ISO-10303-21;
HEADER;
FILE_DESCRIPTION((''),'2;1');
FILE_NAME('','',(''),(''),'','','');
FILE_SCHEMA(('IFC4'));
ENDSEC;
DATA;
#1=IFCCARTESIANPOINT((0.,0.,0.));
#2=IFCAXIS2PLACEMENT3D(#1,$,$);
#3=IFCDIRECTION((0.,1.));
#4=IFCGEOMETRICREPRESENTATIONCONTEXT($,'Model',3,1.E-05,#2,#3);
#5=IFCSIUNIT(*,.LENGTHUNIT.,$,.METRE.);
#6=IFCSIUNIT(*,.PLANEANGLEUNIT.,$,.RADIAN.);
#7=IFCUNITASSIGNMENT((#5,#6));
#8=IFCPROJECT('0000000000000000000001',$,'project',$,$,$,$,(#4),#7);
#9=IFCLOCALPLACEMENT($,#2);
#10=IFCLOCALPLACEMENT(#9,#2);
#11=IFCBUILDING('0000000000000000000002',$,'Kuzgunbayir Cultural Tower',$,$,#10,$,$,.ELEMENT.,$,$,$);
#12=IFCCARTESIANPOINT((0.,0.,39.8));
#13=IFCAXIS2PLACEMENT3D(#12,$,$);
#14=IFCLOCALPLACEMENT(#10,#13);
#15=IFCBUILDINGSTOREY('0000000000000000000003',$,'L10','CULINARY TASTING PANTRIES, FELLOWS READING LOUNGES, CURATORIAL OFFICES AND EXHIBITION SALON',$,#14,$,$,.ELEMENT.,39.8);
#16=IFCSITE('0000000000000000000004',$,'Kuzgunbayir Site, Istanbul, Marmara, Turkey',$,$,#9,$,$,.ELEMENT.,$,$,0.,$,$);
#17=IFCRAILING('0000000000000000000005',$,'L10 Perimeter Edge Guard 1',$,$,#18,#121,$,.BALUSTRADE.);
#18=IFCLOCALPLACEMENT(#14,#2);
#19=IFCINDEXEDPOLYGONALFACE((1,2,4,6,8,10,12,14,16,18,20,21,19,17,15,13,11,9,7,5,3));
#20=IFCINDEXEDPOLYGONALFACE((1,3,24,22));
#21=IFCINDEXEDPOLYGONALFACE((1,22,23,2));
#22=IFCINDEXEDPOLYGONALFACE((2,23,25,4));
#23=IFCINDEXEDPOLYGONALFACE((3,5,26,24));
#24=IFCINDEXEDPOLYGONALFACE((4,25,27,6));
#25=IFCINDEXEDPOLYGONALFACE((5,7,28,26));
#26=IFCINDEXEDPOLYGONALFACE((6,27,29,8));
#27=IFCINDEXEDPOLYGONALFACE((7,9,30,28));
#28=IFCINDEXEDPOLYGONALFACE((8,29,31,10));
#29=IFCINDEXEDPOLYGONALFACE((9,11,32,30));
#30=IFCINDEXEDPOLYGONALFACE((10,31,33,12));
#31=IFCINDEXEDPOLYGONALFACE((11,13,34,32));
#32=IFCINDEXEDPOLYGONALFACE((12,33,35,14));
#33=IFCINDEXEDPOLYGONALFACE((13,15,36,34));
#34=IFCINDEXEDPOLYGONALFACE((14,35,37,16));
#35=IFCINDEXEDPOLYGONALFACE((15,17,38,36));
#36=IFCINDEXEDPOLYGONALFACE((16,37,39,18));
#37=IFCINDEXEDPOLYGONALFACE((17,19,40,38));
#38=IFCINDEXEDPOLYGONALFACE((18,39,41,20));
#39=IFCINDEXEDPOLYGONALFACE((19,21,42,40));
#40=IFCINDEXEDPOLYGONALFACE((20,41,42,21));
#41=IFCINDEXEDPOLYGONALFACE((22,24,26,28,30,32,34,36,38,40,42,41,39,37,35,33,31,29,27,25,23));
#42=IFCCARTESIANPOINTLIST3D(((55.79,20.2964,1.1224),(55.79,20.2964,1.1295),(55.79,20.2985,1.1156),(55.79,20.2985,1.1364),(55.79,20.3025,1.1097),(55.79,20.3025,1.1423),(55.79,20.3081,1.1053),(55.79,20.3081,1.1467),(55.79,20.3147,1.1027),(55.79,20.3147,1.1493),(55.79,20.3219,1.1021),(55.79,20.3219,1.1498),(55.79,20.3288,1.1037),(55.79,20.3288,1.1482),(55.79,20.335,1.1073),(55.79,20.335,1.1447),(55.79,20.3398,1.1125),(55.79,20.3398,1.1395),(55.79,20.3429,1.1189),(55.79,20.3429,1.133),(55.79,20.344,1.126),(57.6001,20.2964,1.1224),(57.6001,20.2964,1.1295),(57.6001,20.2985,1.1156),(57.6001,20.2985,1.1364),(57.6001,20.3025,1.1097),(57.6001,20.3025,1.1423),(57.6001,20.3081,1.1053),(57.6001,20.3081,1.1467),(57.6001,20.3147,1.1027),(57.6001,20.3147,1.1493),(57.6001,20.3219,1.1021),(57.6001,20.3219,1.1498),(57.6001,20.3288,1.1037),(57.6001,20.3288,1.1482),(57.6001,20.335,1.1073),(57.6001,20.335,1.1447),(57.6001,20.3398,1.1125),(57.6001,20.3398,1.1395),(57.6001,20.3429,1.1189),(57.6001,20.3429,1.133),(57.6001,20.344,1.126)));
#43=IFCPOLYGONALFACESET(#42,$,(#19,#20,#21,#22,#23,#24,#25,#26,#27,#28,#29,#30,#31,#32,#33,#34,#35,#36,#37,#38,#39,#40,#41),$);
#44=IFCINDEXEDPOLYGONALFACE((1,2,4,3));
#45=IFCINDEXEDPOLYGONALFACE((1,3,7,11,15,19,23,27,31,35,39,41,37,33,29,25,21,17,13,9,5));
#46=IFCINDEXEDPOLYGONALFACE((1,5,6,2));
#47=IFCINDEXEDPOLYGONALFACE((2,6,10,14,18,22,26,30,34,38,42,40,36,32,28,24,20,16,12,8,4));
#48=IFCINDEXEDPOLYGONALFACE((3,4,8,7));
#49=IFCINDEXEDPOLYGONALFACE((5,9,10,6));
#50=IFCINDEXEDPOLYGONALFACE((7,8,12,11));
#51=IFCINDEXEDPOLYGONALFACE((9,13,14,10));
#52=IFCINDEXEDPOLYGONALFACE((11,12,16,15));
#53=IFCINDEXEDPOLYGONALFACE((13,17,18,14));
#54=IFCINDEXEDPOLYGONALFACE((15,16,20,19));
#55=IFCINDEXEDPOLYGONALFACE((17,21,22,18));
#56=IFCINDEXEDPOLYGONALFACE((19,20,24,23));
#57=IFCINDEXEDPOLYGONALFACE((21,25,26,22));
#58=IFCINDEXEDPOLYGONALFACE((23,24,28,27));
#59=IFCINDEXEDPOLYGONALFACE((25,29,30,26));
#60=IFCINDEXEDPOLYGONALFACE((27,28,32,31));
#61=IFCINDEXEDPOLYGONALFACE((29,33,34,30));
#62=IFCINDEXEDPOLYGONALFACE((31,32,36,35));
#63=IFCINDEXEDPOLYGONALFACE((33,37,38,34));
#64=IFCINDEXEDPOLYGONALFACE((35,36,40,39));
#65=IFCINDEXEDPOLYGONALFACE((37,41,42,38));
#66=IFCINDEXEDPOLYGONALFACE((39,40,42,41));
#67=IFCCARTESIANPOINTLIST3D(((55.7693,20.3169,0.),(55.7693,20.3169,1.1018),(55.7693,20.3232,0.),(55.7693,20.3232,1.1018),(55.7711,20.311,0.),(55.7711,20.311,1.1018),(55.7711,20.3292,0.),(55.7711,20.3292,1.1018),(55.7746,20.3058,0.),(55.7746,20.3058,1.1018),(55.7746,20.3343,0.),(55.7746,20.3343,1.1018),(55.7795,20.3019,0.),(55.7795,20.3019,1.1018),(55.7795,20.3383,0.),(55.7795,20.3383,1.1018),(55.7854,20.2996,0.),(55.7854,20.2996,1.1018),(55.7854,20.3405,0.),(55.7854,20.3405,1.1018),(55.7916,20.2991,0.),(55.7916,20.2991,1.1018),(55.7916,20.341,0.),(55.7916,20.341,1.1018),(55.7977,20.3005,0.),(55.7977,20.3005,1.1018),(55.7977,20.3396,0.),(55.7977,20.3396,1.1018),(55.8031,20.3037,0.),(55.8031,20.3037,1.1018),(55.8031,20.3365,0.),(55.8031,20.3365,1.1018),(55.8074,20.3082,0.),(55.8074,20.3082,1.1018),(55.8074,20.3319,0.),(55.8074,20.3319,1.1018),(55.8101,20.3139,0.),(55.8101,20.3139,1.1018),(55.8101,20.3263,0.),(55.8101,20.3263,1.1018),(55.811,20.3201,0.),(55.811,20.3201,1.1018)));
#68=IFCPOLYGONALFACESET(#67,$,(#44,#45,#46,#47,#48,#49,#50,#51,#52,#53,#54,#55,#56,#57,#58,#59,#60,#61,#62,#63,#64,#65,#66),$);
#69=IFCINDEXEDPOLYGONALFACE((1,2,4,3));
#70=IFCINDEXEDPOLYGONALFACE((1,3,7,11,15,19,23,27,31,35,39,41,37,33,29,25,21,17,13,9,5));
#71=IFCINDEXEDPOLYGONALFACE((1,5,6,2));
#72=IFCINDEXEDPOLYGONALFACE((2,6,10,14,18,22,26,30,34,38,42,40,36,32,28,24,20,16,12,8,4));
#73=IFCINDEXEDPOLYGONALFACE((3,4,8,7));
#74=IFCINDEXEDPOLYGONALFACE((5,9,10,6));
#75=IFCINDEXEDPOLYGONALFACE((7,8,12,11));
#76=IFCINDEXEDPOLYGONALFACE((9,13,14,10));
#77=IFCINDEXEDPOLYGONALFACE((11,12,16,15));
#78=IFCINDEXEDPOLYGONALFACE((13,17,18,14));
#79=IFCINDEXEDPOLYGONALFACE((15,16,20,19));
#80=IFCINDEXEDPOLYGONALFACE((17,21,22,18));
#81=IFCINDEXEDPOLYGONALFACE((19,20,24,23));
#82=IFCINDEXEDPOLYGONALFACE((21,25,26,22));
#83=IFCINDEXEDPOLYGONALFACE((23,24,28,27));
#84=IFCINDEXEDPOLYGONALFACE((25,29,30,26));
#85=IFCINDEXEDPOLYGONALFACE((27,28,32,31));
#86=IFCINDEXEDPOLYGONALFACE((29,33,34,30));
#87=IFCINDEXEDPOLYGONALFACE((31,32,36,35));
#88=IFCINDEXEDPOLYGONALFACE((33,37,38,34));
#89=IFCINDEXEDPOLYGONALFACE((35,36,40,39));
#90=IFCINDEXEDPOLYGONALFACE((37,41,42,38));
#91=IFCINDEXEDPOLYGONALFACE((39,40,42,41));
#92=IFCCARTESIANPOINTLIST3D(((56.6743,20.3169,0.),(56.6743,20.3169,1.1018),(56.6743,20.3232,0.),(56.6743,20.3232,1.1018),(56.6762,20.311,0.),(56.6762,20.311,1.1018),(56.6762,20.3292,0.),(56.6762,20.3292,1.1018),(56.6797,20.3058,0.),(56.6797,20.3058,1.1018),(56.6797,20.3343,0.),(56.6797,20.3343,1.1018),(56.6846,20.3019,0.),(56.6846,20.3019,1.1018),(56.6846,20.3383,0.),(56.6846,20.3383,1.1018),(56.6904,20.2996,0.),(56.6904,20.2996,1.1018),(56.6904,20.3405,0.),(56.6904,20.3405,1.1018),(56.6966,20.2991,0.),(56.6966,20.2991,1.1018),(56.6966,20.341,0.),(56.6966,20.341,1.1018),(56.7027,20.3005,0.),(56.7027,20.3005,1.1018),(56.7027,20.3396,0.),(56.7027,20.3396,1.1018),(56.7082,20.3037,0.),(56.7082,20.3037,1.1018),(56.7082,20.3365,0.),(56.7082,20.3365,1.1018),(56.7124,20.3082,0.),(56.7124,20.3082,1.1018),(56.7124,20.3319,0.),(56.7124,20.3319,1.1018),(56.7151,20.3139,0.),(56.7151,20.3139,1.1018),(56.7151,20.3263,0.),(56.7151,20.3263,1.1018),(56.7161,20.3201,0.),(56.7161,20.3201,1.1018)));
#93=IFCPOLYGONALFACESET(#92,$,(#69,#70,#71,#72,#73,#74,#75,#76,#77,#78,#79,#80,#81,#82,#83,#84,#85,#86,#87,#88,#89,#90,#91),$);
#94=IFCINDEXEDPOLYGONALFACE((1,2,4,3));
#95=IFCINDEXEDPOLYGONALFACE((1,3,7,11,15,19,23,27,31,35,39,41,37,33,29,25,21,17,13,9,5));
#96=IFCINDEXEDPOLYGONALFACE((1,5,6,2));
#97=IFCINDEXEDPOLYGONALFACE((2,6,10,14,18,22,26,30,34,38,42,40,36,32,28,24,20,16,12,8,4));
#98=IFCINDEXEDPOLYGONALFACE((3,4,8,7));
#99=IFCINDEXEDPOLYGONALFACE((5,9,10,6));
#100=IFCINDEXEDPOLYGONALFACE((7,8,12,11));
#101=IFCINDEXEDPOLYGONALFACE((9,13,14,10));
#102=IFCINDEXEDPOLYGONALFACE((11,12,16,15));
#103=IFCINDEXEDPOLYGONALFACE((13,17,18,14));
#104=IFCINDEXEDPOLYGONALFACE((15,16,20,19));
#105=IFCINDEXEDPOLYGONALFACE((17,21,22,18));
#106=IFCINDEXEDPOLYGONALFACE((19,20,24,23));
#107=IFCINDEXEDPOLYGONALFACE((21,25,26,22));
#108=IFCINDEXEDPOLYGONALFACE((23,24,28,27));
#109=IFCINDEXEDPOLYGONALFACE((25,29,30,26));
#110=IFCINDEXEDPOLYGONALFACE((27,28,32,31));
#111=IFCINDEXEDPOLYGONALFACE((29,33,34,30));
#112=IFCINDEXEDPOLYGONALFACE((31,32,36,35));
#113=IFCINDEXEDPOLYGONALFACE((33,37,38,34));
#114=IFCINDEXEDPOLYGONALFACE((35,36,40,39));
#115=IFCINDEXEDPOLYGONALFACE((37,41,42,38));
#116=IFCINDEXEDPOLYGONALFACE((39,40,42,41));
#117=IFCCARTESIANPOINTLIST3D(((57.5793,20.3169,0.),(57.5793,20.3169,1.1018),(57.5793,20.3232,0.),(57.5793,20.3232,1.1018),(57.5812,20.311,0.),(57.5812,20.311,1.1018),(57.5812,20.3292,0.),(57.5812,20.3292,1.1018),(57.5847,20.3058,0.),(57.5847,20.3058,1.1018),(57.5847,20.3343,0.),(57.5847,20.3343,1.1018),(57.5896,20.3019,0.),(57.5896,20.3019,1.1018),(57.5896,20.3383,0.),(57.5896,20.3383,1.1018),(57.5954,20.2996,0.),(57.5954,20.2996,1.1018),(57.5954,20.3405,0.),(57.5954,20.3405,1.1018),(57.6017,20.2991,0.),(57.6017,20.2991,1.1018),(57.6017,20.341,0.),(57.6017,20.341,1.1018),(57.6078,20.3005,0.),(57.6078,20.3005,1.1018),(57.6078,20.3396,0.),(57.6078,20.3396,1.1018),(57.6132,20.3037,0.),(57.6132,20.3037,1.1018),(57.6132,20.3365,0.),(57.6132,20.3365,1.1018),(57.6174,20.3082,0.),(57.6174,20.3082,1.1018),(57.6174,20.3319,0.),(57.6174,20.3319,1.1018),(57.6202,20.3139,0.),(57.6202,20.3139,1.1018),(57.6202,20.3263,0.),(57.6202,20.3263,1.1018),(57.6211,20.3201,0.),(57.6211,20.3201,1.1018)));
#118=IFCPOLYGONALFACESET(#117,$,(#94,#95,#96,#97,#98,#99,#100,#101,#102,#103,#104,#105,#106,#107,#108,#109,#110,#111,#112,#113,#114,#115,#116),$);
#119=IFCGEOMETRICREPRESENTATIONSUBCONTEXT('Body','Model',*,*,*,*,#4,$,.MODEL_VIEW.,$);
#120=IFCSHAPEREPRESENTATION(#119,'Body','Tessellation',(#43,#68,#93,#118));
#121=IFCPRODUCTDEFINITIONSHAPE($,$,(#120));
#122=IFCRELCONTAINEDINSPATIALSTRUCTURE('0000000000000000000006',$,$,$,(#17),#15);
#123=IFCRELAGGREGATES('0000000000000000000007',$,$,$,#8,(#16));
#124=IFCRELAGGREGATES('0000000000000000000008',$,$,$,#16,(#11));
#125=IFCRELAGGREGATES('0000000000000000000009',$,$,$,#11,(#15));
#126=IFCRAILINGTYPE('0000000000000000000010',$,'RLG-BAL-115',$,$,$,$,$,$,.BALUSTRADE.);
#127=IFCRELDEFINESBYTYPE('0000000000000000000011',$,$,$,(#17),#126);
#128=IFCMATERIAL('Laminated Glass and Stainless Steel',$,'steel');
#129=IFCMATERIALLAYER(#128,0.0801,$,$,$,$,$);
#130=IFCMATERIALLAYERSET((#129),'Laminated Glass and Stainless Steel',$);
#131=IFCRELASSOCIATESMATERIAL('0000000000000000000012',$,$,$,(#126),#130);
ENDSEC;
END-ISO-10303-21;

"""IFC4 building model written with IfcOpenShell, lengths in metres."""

from ifc_helpers import new_model, si_unit, direction, frame, origin, origin_2d, place, context, subcontext, project, spatial, circle, extrude, material, layer, layer_set, type_object, element, save


model = new_model("IFC4")

# Units and contexts
model_context = context("Model", 3, precision=1e-05, world=origin(), true_north=direction((0.0, 1.0)))
body_context = subcontext(model_context, "Body", "Model", "MODEL_VIEW")
ifc_project = project(units=[si_unit("LENGTHUNIT", "METRE"), si_unit("PLANEANGLEUNIT", "RADIAN")], contexts=[model_context])

# Site, building, storey
site_placement = place(None, origin())
site = spatial("IfcSite", under=ifc_project, at=site_placement, Name="Kuzgunbayir Site, Istanbul, Marmara, Turkey", CompositionType="ELEMENT", RefElevation=0.0)
building_placement = place(site_placement, origin())
building = spatial("IfcBuilding", under=site, at=building_placement, Name="Kuzgunbayir Cultural Tower", CompositionType="ELEMENT")
storey_placement = place(building_placement, frame((0.0, 0.0, 39.8)))
storey = spatial("IfcBuildingStorey", under=building, at=storey_placement, Name="L10", Description="CULINARY TASTING PANTRIES, FELLOWS READING LOUNGES, CURATORIAL OFFICES AND EXHIBITION SALON", CompositionType="ELEMENT", Elevation=39.8)

# Railing
ifc_material_1 = material(Name="Laminated Glass and Stainless Steel", Category="steel")
ifc_layer_1 = layer(ifc_material_1, 0.0801)
ifc_layer_set_1 = layer_set([ifc_layer_1], Name="Laminated Glass and Stainless Steel")
railing_type = type_object("IfcRailingType", Name="RLG-BAL-115", PredefinedType="BALUSTRADE", material=ifc_layer_set_1)
railing_1_placement = place(storey_placement, frame((55.79, 20.3201, 0.0)))
element("IfcRailing", 1, at=railing_1_placement, inside=storey, type_object=railing_type, Name="L10 Perimeter Edge Guard 1", PredefinedType="BALUSTRADE", context=body_context, shape_type="SweptSolid", body=[
    extrude(circle(Radius=0.0239, at=origin_2d()), frame((0.0, 0.0, 1.126), z_axis=(1.0, 0.0, 0.0), x_axis=(0.0, 1.0, 0.0)), (0.0, 0.0, 1.0), 1.8101),
    extrude(circle(Radius=0.021, at=origin_2d()), origin(), (0.0, 0.0, 1.0), 1.1018),
    extrude(circle(Radius=0.021, at=origin_2d()), frame((0.905, 0.0, 0.0)), (0.0, 0.0, 1.0), 1.1018),
    extrude(circle(Radius=0.021, at=origin_2d()), frame((1.8101, 0.0, 0.0)), (0.0, 0.0, 1.0), 1.1018),
])

save(model, "model.ifc")
